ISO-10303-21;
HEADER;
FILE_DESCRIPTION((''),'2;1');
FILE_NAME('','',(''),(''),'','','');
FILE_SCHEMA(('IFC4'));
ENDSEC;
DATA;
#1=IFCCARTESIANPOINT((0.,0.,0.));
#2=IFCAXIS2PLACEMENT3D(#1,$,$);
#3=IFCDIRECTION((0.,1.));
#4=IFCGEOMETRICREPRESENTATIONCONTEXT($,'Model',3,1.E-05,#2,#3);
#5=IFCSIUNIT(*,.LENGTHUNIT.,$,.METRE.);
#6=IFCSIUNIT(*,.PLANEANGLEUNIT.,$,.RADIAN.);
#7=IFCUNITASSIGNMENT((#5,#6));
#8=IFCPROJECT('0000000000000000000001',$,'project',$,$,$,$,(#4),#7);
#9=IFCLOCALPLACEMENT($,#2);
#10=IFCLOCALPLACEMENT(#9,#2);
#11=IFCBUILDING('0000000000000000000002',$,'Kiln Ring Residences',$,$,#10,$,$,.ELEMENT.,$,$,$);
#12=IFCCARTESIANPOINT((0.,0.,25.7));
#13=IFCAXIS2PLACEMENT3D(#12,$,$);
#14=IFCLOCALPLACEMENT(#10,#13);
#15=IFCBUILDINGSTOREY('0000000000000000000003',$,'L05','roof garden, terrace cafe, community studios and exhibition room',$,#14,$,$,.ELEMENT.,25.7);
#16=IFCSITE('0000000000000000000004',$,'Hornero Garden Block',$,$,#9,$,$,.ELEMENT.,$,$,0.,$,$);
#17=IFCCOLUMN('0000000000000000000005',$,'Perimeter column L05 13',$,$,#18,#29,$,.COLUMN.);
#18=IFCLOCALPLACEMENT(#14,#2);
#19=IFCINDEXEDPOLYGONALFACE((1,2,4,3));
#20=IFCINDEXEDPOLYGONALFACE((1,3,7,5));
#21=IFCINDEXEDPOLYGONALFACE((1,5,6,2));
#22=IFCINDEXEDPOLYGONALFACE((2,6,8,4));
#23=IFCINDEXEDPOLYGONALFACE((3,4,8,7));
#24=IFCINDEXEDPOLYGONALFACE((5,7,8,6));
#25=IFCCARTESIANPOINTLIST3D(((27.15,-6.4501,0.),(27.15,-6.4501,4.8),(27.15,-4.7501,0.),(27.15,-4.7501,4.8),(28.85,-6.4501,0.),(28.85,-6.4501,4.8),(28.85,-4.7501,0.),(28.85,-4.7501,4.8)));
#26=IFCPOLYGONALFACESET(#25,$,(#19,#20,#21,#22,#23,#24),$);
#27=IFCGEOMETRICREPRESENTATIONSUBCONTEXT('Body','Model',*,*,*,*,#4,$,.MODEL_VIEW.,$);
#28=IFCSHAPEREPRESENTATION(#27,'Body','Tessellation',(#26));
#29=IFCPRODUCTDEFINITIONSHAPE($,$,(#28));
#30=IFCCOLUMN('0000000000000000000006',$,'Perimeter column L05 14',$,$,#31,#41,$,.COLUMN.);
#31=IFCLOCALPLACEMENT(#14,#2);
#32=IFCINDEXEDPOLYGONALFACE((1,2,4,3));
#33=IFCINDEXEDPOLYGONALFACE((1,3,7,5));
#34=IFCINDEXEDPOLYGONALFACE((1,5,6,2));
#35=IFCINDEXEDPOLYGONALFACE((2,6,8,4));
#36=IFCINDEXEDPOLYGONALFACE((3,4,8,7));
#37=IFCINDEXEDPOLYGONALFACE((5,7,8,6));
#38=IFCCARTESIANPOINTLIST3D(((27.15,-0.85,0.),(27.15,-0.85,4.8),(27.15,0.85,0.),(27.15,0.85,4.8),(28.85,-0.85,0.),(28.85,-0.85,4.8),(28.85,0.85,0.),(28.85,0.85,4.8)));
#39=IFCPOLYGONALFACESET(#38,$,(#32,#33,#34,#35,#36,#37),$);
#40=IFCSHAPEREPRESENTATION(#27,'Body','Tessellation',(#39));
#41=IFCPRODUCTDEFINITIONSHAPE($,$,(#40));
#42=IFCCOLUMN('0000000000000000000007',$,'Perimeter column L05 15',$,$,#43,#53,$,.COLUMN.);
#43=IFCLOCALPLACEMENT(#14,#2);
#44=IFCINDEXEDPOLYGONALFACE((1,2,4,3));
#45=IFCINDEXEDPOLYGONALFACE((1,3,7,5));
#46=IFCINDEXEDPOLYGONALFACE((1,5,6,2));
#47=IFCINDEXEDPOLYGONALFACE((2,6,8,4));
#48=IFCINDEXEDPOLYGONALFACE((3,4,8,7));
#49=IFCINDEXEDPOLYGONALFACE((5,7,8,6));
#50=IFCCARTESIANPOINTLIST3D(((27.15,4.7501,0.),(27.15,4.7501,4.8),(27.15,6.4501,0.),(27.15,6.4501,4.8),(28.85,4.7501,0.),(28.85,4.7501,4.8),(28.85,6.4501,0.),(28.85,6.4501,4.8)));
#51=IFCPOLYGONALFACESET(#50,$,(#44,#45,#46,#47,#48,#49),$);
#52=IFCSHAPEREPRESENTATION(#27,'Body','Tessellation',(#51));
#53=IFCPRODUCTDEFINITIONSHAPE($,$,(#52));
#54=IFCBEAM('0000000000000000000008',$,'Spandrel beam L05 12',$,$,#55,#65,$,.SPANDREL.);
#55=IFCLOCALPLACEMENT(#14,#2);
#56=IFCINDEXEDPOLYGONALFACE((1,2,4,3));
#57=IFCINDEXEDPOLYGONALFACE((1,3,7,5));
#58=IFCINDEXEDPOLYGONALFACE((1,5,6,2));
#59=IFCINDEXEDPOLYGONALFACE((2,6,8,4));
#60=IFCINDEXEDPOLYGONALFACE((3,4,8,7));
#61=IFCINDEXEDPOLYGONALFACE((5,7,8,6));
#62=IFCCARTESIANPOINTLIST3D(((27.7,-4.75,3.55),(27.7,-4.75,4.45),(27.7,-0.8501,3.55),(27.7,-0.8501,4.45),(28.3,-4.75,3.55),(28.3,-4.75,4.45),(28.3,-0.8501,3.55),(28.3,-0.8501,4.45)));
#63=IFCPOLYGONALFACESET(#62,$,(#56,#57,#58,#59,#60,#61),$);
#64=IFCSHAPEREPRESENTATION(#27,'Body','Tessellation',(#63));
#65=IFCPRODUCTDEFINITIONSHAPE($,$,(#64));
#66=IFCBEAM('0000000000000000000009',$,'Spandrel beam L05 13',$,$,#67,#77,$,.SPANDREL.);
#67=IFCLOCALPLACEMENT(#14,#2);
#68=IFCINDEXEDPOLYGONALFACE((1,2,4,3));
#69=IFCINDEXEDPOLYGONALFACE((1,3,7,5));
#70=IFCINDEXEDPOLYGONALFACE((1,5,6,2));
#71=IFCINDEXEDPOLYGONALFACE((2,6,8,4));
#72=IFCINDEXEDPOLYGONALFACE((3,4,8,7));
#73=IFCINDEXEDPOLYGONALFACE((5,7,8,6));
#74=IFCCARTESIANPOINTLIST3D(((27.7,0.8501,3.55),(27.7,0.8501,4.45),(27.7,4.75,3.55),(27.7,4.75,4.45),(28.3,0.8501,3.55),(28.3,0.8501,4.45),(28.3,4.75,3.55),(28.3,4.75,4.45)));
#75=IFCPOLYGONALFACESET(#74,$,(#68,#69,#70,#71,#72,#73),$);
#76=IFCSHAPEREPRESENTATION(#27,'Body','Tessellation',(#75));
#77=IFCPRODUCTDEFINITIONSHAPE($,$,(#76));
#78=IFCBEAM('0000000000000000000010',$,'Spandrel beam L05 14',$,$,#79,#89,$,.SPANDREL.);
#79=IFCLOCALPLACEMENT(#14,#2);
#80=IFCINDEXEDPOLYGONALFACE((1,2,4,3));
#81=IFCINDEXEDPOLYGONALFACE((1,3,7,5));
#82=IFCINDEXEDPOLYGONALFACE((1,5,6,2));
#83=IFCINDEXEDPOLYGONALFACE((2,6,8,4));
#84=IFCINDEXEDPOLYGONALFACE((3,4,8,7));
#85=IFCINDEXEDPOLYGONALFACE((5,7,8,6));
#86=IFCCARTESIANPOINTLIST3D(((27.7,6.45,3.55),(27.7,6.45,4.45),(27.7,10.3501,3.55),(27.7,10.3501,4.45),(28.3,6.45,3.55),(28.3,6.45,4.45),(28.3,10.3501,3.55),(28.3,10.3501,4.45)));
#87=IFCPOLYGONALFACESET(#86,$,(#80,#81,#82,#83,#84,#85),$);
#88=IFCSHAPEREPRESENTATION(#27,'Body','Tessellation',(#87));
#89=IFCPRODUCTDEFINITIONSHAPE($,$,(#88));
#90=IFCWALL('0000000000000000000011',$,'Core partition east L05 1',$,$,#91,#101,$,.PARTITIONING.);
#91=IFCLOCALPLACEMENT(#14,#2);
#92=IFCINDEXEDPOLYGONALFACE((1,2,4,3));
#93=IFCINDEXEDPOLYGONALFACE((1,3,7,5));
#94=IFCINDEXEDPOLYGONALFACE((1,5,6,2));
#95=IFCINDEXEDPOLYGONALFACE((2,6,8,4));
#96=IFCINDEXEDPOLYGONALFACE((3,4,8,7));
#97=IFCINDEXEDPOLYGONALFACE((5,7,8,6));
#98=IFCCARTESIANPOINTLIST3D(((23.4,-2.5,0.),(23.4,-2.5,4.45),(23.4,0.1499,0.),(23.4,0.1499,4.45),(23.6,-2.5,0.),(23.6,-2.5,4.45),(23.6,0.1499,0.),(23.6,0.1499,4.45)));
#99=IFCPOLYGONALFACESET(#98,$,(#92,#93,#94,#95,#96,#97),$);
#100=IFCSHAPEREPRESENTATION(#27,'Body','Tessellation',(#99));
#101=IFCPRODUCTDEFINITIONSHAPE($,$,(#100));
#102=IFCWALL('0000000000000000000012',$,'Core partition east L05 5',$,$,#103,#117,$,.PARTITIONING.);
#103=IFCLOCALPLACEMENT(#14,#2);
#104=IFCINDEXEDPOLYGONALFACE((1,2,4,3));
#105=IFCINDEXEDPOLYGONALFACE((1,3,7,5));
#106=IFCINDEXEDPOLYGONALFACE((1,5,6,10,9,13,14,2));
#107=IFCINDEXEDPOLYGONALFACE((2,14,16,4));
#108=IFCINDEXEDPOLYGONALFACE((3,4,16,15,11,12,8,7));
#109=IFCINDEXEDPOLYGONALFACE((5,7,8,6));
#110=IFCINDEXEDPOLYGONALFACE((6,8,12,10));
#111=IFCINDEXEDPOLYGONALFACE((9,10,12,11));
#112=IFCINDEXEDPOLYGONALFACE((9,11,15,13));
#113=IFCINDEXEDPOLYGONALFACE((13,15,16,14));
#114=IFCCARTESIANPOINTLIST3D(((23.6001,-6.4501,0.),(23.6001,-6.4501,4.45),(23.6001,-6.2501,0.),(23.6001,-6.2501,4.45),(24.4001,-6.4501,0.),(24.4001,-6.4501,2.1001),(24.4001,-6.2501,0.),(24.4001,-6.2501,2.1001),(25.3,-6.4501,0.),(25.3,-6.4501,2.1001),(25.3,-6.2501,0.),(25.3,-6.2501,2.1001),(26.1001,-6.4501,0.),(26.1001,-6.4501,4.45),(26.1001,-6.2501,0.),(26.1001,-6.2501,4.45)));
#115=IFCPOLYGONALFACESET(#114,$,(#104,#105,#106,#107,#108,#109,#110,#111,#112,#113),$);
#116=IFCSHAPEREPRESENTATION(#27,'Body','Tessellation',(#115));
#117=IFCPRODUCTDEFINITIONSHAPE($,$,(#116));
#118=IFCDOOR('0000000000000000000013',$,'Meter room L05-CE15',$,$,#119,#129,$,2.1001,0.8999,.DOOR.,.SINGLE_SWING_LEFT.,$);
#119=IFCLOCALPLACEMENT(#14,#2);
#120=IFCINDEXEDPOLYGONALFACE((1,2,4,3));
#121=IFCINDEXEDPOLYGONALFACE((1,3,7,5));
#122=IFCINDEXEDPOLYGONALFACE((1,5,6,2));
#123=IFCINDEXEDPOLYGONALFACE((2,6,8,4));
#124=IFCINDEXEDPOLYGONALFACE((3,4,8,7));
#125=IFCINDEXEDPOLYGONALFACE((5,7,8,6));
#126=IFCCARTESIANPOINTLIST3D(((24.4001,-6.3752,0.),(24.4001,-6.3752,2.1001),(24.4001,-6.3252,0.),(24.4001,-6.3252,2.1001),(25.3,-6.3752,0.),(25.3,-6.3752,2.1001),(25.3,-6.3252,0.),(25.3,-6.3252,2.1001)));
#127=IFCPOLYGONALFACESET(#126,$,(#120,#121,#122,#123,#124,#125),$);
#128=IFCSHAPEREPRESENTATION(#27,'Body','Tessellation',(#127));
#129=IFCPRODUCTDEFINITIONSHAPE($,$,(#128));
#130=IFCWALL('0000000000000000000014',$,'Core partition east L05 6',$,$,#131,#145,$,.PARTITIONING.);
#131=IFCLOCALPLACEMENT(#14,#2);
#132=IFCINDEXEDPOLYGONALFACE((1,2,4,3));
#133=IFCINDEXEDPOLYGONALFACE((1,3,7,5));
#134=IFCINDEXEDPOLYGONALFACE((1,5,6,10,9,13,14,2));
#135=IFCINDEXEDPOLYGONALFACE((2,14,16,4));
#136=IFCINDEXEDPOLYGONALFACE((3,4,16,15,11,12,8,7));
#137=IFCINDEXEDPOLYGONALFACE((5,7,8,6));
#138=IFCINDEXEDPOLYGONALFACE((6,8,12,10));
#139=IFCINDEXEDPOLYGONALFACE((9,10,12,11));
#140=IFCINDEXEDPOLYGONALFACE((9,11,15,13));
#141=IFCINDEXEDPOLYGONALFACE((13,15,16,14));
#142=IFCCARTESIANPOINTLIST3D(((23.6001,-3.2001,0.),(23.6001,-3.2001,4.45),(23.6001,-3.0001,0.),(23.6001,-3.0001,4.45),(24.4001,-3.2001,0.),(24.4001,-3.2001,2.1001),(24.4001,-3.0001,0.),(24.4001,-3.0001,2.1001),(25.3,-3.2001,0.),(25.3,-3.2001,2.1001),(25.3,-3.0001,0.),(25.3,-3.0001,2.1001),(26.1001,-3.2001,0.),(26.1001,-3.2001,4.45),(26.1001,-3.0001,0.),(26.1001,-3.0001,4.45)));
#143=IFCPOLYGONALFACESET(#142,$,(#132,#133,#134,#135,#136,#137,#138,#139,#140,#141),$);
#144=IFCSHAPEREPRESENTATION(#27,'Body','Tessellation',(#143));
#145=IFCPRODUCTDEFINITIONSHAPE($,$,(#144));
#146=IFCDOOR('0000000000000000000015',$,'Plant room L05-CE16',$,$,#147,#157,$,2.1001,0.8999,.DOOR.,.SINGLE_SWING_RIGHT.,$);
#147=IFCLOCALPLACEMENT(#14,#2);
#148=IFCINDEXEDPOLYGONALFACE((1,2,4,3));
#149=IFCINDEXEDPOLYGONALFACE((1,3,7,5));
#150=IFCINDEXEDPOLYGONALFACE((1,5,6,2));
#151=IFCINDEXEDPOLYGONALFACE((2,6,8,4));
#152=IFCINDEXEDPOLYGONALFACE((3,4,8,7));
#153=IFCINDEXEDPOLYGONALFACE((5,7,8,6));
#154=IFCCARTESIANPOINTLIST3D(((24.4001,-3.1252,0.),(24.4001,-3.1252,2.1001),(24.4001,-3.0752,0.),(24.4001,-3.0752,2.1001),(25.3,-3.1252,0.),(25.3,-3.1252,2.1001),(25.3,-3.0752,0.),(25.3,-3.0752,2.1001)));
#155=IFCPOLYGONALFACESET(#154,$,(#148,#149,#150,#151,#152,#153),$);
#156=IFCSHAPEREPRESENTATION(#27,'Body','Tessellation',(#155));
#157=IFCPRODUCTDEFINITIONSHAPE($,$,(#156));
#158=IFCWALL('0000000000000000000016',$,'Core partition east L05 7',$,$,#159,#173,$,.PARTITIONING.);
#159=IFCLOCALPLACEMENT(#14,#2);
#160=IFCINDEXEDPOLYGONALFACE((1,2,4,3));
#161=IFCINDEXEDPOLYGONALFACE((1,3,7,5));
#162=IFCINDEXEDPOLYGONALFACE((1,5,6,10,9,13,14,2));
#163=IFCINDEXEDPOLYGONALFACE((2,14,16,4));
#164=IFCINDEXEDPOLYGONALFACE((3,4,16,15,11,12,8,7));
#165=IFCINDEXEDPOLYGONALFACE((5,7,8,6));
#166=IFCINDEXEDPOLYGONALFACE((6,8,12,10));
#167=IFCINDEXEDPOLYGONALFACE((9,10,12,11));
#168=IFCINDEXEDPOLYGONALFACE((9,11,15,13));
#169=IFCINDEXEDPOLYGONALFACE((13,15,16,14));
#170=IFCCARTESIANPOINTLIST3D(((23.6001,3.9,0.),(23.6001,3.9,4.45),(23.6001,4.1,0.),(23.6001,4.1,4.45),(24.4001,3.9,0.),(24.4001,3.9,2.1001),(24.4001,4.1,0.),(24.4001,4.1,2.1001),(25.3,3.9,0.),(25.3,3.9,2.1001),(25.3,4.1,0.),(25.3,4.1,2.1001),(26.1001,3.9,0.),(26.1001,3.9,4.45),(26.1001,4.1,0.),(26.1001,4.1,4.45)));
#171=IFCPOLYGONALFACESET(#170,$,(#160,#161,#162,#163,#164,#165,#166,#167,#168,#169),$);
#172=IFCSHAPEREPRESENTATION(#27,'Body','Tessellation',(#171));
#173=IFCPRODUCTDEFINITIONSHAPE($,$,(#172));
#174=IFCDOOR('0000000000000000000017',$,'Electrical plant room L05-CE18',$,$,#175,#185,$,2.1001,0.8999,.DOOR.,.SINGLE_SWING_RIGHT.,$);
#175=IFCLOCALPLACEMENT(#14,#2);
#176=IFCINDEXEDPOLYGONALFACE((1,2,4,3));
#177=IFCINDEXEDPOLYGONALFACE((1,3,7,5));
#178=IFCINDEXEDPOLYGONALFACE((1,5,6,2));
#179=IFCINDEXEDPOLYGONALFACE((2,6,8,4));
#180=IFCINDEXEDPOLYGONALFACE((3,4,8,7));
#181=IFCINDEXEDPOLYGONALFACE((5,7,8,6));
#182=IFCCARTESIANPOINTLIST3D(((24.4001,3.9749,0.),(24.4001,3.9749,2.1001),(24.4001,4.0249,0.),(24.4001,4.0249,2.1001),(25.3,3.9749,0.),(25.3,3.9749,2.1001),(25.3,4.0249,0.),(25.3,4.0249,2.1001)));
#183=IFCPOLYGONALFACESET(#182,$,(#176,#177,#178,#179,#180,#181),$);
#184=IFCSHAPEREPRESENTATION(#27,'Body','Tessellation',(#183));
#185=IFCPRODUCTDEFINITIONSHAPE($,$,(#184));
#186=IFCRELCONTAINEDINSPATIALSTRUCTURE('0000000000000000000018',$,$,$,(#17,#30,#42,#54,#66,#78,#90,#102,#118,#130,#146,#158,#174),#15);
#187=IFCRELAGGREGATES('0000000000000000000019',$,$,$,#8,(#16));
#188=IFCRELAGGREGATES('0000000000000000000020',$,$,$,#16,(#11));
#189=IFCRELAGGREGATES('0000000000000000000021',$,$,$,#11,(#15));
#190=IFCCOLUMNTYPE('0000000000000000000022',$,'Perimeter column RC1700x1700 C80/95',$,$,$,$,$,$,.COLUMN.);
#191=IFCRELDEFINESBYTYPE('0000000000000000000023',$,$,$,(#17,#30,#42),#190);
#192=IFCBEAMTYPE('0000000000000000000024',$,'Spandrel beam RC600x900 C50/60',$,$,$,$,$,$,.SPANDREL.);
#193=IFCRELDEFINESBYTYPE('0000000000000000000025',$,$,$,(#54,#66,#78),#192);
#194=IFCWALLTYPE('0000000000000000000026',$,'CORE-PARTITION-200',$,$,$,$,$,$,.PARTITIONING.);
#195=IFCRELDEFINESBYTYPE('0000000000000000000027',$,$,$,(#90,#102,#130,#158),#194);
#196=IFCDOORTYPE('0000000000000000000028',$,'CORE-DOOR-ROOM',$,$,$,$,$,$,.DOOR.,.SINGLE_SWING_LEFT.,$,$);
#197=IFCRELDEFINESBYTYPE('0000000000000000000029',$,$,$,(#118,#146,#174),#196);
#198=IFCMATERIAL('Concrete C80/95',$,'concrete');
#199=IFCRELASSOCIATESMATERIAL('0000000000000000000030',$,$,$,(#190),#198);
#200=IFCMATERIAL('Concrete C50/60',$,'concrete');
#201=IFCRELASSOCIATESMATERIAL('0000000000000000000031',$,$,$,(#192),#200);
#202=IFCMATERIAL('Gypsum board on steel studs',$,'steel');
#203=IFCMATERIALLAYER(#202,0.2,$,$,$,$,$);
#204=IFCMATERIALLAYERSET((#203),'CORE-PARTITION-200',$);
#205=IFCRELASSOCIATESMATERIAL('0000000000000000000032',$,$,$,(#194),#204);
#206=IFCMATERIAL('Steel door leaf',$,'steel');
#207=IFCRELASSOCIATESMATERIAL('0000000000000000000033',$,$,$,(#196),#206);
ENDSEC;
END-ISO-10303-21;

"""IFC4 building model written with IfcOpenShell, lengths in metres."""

from ifc_helpers import new_model, si_unit, direction, frame, frame_2d, origin, origin_2d, place, context, subcontext, project, spatial, rectangle, extrude, material, layer, layer_set, material_profile, profile_set, type_object, element, fill, save


model = new_model("IFC4")

# Units and contexts
model_context = context("Model", 3, precision=1e-05, world=origin(), true_north=direction((0.0, 1.0)))
body_context = subcontext(model_context, "Body", "Model", "MODEL_VIEW")
ifc_project = project(units=[si_unit("LENGTHUNIT", "METRE"), si_unit("PLANEANGLEUNIT", "RADIAN")], contexts=[model_context])

# Site, building, storey
site_placement = place(None, origin())
site = spatial("IfcSite", under=ifc_project, at=site_placement, Name="Hornero Garden Block", CompositionType="ELEMENT", RefElevation=0.0)
building_placement = place(site_placement, origin())
building = spatial("IfcBuilding", under=site, at=building_placement, Name="Kiln Ring Residences", CompositionType="ELEMENT")
storey_placement = place(building_placement, frame((0.0, 0.0, 25.7)))
storey = spatial("IfcBuildingStorey", under=building, at=storey_placement, Name="L05", Description="roof garden, terrace cafe, community studios and exhibition room", CompositionType="ELEMENT", Elevation=25.7)

# Columns
ifc_material_1 = material(Name="Concrete C80/95", Category="concrete")
ifc_material_profile_1 = material_profile(ifc_material_1, rectangle(XDim=1.7, YDim=1.7, at=origin_2d()), Name="RC1700x1700")
ifc_profile_set_1 = profile_set([ifc_material_profile_1], Name="Concrete C80/95")
column_type = type_object("IfcColumnType", Name="Perimeter column RC1700x1700 C80/95", PredefinedType="COLUMN", material=ifc_profile_set_1)
for number, where, z_axis, x_axis, name in (
    (1, (28.0, -5.6001, 0.0), (0.0, 0.0, 1.0), (1.0, 0.0, 0.0), "Perimeter column L05 13"),
    (2, (28.0, 0.0, 0.0), (0.0, 0.0, 1.0), (1.0, 0.0, 0.0), "Perimeter column L05 14"),
    (3, (28.0, 5.6001, 0.0), (0.0, 0.0, 1.0), (1.0, 0.0, 0.0), "Perimeter column L05 15"),
):
    element("IfcColumn", number, at=place(storey_placement, frame(where, z_axis=z_axis, x_axis=x_axis)), inside=storey, type_object=column_type, Name=name, PredefinedType="COLUMN", context=body_context, shape_type="SweptSolid", body=[
        extrude(rectangle(XDim=1.7, YDim=1.7, at=origin_2d()), origin(), (0.0, 0.0, 1.0), 4.8),
    ])

# Beams
ifc_material_2 = material(Name="Concrete C50/60", Category="concrete")
ifc_material_profile_2 = material_profile(ifc_material_2, rectangle(XDim=0.6001, YDim=0.8999, at=origin_2d()), Name="RC600x900")
ifc_profile_set_2 = profile_set([ifc_material_profile_2], Name="Concrete C50/60")
beam_type = type_object("IfcBeamType", Name="Spandrel beam RC600x900 C50/60", PredefinedType="SPANDREL", material=ifc_profile_set_2)
for number, where, z_axis, x_axis, name in (
    (4, (28.0, -4.75, 4.0), (0.0, 1.0, 0.0), (-1.0, 0.0, 0.0), "Spandrel beam L05 12"),
    (5, (28.0, 0.8501, 4.0), (0.0, 1.0, 0.0), (-1.0, 0.0, 0.0), "Spandrel beam L05 13"),
):
    element("IfcBeam", number, at=place(storey_placement, frame(where, z_axis=z_axis, x_axis=x_axis)), inside=storey, type_object=beam_type, Name=name, PredefinedType="SPANDREL", context=body_context, shape_type="SweptSolid", body=[
        extrude(rectangle(XDim=0.6001, YDim=0.8999, at=origin_2d()), origin(), (0.0, 0.0, 1.0), 3.8999),
    ])
beam_placement = place(storey_placement, frame((28.0, 6.45, 4.0), z_axis=(0.0, 1.0, 0.0), x_axis=(-1.0, 0.0, 0.0)))
element("IfcBeam", 6, at=beam_placement, inside=storey, type_object=beam_type, Name="Spandrel beam L05 14", PredefinedType="SPANDREL", context=body_context, shape_type="SweptSolid", body=[
    extrude(rectangle(XDim=0.6001, YDim=0.8999, at=origin_2d()), origin(), (0.0, 0.0, 1.0), 3.9001),
])

# Wall
ifc_material_3 = material(Name="Gypsum board on steel studs", Category="steel")
ifc_layer_1 = layer(ifc_material_3, 0.2)
ifc_layer_set_1 = layer_set([ifc_layer_1], Name="CORE-PARTITION-200")
wall_type_1 = type_object("IfcWallType", Name="CORE-PARTITION-200", PredefinedType="PARTITIONING", material=ifc_layer_set_1)
wall_1_placement = place(storey_placement, frame((23.5, -2.5, 0.0), z_axis=(0.0, 0.0, 1.0), x_axis=(0.0, 1.0, 0.0)))
element("IfcWall", 7, at=wall_1_placement, inside=storey, type_object=wall_type_1, Name="Core partition east L05 1", PredefinedType="PARTITIONING", context=body_context, shape_type="SweptSolid", body=[
    extrude(rectangle(XDim=2.6499, YDim=0.2, at=frame_2d((1.325, 0.0))), origin(), (0.0, 0.0, 1.0), 4.45),
])

# Walls, openings, doors
wall_2_placement = place(storey_placement, frame((23.6001, -6.3501, 0.0), z_axis=(0.0, 0.0, 1.0), x_axis=(1.0, 0.0, 0.0)))
wall_2 = element("IfcWall", 8, at=wall_2_placement, inside=storey, type_object=wall_type_1, Name="Core partition east L05 5", PredefinedType="PARTITIONING", context=body_context, shape_type="SweptSolid", body=[
    extrude(rectangle(XDim=2.5, YDim=0.2, at=frame_2d((1.25, 0.0))), origin(), (0.0, 0.0, 1.0), 4.45),
])
opening_1_placement = place(wall_2_placement, frame((0.8, 0.0, 0.0)))
opening_1 = element("IfcOpeningElement", 9, at=opening_1_placement, cuts=wall_2, PredefinedType="OPENING", context=body_context, shape_type="SweptSolid", body=[
    extrude(rectangle(XDim=0.8999, YDim=2.1001, at=frame_2d((0.45, 1.05))), frame((0.0, 0.1099, 0.0), z_axis=(0.0, -1.0, 0.0), x_axis=(1.0, 0.0, 0.0)), (0.0, 0.0, 1.0), 0.22),
])
ifc_material_4 = material(Name="Steel door leaf", Category="steel")
door_type = type_object("IfcDoorType", Name="CORE-DOOR-ROOM", OperationType="SINGLE_SWING_LEFT", PredefinedType="DOOR", material=ifc_material_4)
door_1_placement = place(opening_1_placement, origin())
door_1 = element("IfcDoor", 10, at=door_1_placement, inside=storey, type_object=door_type, Name="Meter room L05-CE15", OperationType="SINGLE_SWING_LEFT", OverallHeight=2.1001, OverallWidth=0.8999, PredefinedType="DOOR", context=body_context, shape_type="SweptSolid", body=[
    extrude(rectangle(XDim=0.8999, YDim=2.1001, at=frame_2d((0.45, 1.05))), frame((0.0, 0.0249, 0.0), z_axis=(0.0, -1.0, 0.0), x_axis=(1.0, 0.0, 0.0)), (0.0, 0.0, 1.0), 0.05),
])
fill(opening_1, door_1)
wall_3_placement = place(storey_placement, frame((23.6001, -3.1001, 0.0), z_axis=(0.0, 0.0, 1.0), x_axis=(1.0, 0.0, 0.0)))
wall_3 = element("IfcWall", 11, at=wall_3_placement, inside=storey, type_object=wall_type_1, Name="Core partition east L05 6", PredefinedType="PARTITIONING", context=body_context, shape_type="SweptSolid", body=[
    extrude(rectangle(XDim=2.5, YDim=0.2, at=frame_2d((1.25, 0.0))), origin(), (0.0, 0.0, 1.0), 4.45),
])
opening_2_placement = place(wall_3_placement, frame((0.8, 0.0, 0.0)))
opening_2 = element("IfcOpeningElement", 12, at=opening_2_placement, cuts=wall_3, PredefinedType="OPENING", context=body_context, shape_type="SweptSolid", body=[
    extrude(rectangle(XDim=0.8999, YDim=2.1001, at=frame_2d((0.45, 1.05))), frame((0.0, 0.1099, 0.0), z_axis=(0.0, -1.0, 0.0), x_axis=(1.0, 0.0, 0.0)), (0.0, 0.0, 1.0), 0.22),
])
door_2_placement = place(opening_2_placement, origin())
door_2 = element("IfcDoor", 13, at=door_2_placement, inside=storey, type_object=door_type, Name="Plant room L05-CE16", OperationType="SINGLE_SWING_RIGHT", OverallHeight=2.1001, OverallWidth=0.8999, PredefinedType="DOOR", context=body_context, shape_type="SweptSolid", body=[
    extrude(rectangle(XDim=0.8999, YDim=2.1001, at=frame_2d((0.45, 1.05))), frame((0.0, 0.0249, 0.0), z_axis=(0.0, -1.0, 0.0), x_axis=(1.0, 0.0, 0.0)), (0.0, 0.0, 1.0), 0.05),
])
fill(opening_2, door_2)
wall_4_placement = place(storey_placement, frame((23.6001, 4.0, 0.0), z_axis=(0.0, 0.0, 1.0), x_axis=(1.0, 0.0, 0.0)))
wall_4 = element("IfcWall", 14, at=wall_4_placement, inside=storey, type_object=wall_type_1, Name="Core partition east L05 7", PredefinedType="PARTITIONING", context=body_context, shape_type="SweptSolid", body=[
    extrude(rectangle(XDim=2.5, YDim=0.2, at=frame_2d((1.25, 0.0))), origin(), (0.0, 0.0, 1.0), 4.45),
])
opening_3_placement = place(wall_4_placement, frame((0.8, 0.0, 0.0)))
opening_3 = element("IfcOpeningElement", 15, at=opening_3_placement, cuts=wall_4, PredefinedType="OPENING", context=body_context, shape_type="SweptSolid", body=[
    extrude(rectangle(XDim=0.8999, YDim=2.1001, at=frame_2d((0.45, 1.05))), frame((0.0, 0.1099, 0.0), z_axis=(0.0, -1.0, 0.0), x_axis=(1.0, 0.0, 0.0)), (0.0, 0.0, 1.0), 0.22),
])
door_3_placement = place(opening_3_placement, origin())
door_3 = element("IfcDoor", 16, at=door_3_placement, inside=storey, type_object=door_type, Name="Electrical plant room L05-CE18", OperationType="SINGLE_SWING_RIGHT", OverallHeight=2.1001, OverallWidth=0.8999, PredefinedType="DOOR", context=body_context, shape_type="SweptSolid", body=[
    extrude(rectangle(XDim=0.8999, YDim=2.1001, at=frame_2d((0.45, 1.05))), frame((0.0, 0.0249, 0.0), z_axis=(0.0, -1.0, 0.0), x_axis=(1.0, 0.0, 0.0)), (0.0, 0.0, 1.0), 0.05),
])
fill(opening_3, door_3)

save(model, "model.ifc")
